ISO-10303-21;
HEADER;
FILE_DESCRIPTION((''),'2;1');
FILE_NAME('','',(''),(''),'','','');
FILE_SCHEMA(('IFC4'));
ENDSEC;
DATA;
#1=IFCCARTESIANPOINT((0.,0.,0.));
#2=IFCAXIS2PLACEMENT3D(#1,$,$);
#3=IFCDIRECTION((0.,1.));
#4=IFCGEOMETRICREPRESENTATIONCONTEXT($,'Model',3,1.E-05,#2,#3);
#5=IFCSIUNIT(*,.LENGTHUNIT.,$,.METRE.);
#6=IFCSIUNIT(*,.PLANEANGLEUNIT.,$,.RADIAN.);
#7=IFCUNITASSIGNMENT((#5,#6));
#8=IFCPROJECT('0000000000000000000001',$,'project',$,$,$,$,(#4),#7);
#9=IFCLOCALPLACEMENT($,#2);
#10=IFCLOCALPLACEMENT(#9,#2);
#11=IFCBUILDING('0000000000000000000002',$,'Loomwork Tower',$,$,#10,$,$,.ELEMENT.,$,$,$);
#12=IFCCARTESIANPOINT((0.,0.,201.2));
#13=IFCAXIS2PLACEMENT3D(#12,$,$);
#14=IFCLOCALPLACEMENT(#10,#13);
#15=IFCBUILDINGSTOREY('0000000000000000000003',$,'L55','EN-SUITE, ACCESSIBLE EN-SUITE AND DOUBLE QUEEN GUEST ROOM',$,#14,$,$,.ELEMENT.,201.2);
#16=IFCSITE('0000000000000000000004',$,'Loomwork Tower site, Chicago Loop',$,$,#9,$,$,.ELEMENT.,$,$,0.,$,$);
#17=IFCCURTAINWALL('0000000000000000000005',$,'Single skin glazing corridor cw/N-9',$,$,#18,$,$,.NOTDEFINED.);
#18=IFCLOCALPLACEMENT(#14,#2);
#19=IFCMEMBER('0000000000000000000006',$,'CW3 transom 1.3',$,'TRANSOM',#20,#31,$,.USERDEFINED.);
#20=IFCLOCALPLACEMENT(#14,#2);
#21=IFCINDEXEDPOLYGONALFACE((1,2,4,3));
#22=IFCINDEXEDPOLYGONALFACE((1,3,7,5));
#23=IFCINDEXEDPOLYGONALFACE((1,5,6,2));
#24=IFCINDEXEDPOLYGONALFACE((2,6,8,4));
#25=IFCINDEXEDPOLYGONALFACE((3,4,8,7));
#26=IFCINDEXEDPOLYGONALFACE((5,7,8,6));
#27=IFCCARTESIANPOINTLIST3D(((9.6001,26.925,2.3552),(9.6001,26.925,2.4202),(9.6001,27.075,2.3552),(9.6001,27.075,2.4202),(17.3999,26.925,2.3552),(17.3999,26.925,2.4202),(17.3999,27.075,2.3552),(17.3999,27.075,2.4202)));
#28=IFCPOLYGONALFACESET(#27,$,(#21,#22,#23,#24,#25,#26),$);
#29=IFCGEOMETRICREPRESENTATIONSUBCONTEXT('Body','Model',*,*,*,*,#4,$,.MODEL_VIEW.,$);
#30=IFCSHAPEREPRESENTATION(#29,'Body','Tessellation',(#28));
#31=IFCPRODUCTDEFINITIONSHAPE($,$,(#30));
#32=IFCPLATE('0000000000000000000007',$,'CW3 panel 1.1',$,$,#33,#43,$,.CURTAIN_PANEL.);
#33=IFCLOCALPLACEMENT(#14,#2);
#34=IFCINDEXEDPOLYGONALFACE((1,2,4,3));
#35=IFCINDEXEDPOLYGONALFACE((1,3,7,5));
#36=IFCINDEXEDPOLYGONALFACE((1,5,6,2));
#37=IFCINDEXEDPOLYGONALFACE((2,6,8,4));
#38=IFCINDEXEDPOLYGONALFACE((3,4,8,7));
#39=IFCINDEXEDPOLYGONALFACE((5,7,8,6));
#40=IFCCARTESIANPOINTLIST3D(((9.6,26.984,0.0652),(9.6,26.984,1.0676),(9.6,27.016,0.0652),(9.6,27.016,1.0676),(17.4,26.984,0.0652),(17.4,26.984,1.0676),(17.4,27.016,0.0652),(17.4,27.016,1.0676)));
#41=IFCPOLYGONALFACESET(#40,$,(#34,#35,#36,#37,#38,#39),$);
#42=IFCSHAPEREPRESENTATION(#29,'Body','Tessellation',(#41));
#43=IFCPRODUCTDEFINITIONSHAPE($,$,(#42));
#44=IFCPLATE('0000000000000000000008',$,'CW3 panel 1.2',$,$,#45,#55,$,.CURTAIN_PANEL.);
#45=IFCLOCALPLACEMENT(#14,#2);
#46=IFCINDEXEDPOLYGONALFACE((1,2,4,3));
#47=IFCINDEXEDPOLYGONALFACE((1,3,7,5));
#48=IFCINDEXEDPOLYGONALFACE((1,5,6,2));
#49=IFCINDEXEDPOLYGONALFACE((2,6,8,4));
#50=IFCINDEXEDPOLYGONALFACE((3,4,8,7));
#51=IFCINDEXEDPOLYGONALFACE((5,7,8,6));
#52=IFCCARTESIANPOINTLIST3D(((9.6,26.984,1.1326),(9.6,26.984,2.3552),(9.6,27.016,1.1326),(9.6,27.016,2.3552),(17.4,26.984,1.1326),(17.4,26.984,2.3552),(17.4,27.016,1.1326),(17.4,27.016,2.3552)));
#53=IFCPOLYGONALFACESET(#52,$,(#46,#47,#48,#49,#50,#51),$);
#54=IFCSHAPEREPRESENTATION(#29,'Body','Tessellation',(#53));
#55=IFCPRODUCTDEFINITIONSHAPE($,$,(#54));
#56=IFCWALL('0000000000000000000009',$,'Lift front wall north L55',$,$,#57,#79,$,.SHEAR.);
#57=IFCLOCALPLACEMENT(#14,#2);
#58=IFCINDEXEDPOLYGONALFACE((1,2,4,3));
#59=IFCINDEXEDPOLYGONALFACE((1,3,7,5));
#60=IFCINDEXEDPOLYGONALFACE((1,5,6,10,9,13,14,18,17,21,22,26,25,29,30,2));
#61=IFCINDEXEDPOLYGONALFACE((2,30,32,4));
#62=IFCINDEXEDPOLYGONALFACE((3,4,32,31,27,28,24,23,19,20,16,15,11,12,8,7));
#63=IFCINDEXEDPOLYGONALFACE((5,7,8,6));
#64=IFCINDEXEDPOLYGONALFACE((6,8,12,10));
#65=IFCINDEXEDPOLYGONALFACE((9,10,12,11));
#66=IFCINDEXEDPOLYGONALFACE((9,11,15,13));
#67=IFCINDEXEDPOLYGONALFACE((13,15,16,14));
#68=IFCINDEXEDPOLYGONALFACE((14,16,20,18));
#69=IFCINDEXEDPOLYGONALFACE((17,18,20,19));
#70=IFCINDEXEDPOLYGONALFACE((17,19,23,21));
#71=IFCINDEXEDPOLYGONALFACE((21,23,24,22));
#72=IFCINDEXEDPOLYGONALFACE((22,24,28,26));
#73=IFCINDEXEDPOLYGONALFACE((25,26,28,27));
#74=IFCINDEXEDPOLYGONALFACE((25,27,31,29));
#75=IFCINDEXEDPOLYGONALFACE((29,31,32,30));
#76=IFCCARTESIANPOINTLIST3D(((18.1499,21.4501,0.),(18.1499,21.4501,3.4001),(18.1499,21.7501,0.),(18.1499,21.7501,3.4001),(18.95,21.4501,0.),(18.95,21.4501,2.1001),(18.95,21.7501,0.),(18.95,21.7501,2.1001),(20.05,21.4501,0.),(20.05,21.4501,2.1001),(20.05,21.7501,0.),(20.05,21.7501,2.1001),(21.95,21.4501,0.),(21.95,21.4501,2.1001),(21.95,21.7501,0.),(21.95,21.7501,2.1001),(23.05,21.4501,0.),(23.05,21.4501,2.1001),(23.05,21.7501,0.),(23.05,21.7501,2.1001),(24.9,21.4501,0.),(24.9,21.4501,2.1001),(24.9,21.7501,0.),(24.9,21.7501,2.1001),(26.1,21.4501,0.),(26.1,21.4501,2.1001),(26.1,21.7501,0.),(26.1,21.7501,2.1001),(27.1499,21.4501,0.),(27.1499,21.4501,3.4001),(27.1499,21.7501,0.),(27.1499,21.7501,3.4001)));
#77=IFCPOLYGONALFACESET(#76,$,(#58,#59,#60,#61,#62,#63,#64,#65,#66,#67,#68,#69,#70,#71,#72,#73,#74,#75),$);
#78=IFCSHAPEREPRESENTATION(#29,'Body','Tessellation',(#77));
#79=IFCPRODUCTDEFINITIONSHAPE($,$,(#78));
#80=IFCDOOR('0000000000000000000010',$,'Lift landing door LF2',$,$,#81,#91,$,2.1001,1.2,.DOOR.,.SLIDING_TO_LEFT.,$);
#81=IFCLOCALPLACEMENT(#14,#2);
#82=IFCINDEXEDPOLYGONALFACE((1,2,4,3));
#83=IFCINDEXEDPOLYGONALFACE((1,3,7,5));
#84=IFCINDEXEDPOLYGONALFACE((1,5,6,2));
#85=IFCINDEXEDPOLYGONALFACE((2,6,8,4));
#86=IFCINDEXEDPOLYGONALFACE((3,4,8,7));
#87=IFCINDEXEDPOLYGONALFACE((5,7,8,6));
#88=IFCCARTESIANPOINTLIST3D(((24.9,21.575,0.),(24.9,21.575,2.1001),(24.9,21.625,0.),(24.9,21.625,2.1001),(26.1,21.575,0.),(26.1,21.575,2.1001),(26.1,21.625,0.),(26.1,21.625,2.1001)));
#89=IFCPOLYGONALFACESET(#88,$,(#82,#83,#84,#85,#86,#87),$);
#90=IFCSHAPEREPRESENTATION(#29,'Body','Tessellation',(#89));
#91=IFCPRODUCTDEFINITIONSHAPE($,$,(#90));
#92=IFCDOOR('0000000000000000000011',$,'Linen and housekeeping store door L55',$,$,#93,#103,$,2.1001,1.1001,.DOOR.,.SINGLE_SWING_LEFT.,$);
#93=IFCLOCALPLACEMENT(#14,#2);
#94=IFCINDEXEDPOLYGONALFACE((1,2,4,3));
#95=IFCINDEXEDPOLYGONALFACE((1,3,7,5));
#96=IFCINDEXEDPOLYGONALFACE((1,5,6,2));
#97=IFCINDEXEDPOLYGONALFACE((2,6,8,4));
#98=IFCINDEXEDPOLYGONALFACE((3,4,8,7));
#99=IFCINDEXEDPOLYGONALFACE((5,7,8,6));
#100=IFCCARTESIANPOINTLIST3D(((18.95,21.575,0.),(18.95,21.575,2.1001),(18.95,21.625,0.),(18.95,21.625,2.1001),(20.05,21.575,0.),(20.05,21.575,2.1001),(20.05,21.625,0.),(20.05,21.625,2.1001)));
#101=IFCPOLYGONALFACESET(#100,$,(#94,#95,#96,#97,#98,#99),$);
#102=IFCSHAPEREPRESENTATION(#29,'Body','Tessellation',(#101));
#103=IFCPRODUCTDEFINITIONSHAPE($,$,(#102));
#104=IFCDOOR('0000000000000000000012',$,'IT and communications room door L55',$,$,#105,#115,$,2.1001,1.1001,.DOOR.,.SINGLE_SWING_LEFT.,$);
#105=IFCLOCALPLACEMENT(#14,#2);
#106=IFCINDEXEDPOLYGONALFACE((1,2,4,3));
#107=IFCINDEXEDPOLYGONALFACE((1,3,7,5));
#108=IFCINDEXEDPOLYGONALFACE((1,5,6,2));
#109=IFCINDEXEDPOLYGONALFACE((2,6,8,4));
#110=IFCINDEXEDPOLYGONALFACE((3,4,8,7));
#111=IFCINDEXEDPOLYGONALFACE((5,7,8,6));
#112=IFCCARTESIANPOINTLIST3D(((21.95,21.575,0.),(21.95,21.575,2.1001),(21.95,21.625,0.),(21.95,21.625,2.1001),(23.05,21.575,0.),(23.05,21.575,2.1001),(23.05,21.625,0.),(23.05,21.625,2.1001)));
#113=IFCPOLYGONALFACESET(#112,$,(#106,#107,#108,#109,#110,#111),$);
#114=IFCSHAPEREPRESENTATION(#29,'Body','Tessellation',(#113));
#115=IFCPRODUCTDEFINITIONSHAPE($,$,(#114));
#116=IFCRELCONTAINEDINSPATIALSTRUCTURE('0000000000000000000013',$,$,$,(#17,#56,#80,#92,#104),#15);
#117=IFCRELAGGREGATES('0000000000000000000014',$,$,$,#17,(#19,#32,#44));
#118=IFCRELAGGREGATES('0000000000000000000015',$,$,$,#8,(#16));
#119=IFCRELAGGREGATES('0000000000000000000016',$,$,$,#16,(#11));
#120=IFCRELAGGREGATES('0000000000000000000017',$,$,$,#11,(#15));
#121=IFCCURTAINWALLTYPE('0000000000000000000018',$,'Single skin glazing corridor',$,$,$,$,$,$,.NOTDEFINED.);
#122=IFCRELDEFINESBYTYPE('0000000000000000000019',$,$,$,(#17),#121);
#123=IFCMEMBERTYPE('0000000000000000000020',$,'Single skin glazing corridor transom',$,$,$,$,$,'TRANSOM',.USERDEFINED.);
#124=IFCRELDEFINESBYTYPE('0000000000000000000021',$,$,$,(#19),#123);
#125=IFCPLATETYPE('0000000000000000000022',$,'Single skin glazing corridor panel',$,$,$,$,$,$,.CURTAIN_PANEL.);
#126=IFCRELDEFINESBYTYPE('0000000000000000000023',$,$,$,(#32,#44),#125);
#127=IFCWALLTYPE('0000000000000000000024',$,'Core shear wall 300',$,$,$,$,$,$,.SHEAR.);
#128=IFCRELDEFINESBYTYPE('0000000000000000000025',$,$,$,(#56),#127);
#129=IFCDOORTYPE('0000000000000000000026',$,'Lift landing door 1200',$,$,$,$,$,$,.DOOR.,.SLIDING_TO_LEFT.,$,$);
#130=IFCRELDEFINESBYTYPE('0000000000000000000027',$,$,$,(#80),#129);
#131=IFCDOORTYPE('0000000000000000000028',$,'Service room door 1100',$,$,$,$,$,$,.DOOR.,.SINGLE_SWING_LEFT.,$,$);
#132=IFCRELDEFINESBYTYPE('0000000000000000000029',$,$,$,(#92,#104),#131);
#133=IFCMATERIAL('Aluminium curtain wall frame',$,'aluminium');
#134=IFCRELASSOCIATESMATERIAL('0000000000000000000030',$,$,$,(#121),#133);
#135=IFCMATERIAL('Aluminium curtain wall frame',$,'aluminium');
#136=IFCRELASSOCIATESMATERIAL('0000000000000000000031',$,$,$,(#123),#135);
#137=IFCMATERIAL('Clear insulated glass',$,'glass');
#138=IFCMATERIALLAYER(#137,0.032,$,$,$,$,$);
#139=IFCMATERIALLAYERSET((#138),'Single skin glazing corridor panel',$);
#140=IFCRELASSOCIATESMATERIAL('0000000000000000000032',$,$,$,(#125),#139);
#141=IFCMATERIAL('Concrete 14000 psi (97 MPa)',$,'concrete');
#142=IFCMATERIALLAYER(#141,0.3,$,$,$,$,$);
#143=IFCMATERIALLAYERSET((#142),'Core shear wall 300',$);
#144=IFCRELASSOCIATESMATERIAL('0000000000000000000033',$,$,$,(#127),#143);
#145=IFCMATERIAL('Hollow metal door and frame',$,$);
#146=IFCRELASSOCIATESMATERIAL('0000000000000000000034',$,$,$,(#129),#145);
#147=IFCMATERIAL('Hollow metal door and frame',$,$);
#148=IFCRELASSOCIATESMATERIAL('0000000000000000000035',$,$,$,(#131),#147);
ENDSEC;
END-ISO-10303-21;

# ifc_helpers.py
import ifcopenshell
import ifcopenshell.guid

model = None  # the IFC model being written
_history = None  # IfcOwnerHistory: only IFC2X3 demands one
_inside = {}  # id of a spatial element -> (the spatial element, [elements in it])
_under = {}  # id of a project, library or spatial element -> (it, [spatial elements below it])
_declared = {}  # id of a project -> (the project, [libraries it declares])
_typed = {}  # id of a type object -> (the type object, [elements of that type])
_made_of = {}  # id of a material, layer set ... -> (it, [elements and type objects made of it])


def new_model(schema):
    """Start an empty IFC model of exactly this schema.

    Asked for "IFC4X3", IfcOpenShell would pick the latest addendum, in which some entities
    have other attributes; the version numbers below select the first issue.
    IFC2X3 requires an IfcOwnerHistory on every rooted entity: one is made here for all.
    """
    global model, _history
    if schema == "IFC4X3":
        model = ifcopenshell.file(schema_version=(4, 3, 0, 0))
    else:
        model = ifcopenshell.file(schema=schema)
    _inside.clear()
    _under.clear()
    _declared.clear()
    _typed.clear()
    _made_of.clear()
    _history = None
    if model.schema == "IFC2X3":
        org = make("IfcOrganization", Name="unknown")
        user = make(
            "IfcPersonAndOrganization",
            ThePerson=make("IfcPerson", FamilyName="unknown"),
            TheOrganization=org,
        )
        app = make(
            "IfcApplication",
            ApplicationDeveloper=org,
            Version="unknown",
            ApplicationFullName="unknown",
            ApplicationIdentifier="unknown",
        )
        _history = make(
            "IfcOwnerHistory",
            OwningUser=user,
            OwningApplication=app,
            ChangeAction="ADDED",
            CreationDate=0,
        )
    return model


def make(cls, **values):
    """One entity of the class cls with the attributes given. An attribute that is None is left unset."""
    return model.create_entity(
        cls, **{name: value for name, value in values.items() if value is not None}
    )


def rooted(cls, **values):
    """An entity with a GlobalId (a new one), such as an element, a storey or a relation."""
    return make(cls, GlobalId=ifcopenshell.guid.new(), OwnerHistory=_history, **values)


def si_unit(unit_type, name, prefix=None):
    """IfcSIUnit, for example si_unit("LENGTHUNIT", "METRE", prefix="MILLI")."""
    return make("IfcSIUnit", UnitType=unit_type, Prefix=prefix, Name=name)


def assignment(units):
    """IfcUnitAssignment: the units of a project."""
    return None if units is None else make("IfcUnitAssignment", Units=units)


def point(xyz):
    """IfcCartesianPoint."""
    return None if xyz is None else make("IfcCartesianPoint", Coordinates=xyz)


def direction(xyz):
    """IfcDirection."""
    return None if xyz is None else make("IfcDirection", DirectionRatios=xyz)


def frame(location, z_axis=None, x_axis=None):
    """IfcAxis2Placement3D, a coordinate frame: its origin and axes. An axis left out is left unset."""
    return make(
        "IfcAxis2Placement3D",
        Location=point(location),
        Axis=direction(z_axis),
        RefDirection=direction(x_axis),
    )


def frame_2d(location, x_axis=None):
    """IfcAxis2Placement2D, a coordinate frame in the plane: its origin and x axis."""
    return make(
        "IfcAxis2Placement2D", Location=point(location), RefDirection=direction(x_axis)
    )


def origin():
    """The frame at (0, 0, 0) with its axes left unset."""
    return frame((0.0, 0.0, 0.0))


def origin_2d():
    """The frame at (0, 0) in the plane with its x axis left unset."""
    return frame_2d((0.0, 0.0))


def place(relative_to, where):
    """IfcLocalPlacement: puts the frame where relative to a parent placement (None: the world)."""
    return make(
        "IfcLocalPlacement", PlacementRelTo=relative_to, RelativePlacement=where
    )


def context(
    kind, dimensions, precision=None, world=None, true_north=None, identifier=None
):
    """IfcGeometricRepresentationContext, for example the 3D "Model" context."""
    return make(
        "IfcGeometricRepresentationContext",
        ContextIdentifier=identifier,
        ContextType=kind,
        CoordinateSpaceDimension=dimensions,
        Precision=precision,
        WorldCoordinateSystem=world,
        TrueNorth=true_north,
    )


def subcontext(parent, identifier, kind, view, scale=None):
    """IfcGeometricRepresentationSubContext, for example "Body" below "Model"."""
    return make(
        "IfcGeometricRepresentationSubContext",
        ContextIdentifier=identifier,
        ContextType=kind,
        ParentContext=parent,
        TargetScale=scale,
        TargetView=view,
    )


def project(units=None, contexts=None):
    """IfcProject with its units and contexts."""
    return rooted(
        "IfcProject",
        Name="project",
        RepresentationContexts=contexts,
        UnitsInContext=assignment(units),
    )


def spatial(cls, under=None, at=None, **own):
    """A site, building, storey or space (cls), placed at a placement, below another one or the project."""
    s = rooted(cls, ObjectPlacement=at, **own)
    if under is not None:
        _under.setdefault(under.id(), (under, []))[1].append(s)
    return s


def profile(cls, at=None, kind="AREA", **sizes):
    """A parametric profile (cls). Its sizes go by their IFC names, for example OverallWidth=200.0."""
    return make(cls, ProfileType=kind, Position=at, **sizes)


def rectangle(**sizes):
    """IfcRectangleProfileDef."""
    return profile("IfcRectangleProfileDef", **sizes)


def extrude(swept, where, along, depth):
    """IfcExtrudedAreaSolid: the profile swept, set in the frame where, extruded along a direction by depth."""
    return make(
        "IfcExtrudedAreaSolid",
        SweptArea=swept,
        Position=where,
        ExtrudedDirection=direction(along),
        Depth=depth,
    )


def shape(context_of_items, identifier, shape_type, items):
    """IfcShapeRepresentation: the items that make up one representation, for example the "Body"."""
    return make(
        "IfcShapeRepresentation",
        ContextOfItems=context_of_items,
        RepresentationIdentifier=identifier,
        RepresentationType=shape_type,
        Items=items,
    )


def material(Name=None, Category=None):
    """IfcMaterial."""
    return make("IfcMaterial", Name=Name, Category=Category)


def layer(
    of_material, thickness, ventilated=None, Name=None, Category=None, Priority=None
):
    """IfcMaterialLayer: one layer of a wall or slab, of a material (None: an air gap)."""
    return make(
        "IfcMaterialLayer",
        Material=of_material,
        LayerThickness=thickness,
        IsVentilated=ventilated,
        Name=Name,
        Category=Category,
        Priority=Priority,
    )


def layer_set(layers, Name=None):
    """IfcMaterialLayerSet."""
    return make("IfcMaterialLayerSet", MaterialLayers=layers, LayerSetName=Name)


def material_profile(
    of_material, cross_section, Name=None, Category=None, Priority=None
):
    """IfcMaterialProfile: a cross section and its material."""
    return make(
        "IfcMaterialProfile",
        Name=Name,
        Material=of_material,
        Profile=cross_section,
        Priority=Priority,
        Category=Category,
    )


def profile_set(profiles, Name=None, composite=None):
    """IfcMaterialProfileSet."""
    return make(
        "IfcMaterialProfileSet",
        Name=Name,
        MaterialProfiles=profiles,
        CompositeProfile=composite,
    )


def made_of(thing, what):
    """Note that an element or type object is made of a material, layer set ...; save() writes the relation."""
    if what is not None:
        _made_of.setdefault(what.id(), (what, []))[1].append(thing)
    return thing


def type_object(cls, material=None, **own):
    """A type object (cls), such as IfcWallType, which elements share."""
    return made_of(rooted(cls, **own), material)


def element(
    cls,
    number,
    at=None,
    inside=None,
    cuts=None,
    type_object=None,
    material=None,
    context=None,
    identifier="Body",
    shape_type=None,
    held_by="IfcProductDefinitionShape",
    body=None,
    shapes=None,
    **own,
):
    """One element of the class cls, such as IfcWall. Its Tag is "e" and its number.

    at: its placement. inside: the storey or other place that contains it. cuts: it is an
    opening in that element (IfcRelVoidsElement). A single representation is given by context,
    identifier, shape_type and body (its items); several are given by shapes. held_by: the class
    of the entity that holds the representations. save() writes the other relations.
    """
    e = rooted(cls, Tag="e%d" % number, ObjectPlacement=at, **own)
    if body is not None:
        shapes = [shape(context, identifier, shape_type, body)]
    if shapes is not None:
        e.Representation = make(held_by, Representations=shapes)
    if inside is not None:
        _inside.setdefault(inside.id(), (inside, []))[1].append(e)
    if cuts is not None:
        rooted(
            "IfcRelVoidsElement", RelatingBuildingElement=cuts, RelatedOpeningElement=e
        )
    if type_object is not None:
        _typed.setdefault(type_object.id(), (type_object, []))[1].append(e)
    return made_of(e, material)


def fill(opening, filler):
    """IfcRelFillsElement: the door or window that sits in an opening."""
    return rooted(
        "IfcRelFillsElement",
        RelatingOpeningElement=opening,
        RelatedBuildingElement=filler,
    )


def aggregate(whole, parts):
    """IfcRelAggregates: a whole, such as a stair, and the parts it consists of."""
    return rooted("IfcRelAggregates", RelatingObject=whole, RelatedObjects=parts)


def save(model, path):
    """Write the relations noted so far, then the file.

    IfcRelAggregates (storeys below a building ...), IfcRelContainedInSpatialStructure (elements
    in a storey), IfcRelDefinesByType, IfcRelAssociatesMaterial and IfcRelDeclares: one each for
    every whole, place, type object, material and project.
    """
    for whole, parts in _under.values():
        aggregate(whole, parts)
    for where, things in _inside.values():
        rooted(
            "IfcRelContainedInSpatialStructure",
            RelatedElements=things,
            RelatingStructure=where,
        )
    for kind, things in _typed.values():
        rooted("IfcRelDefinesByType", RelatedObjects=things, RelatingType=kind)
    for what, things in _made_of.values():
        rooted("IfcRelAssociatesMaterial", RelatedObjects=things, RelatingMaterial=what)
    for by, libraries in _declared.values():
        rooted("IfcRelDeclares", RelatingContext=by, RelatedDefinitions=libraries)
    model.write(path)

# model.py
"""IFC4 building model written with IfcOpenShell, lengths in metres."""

from ifc_helpers import new_model, si_unit, direction, frame, frame_2d, origin, origin_2d, place, context, subcontext, project, spatial, rectangle, extrude, material, layer, layer_set, material_profile, profile_set, type_object, element, fill, aggregate, save


model = new_model("IFC4")

# Units and contexts
model_context = context("Model", 3, precision=1e-05, world=origin(), true_north=direction((0.0, 1.0)))
body_context = subcontext(model_context, "Body", "Model", "MODEL_VIEW")
ifc_project = project(units=[si_unit("LENGTHUNIT", "METRE"), si_unit("PLANEANGLEUNIT", "RADIAN")], contexts=[model_context])

# Site, building, storey
site_placement = place(None, origin())
site = spatial("IfcSite", under=ifc_project, at=site_placement, Name="Loomwork Tower site, Chicago Loop", CompositionType="ELEMENT", RefElevation=0.0)
building_placement = place(site_placement, origin())
building = spatial("IfcBuilding", under=site, at=building_placement, Name="Loomwork Tower", CompositionType="ELEMENT")
storey_placement = place(building_placement, frame((0.0, 0.0, 201.2)))
storey = spatial("IfcBuildingStorey", under=building, at=storey_placement, Name="L55", Description="EN-SUITE, ACCESSIBLE EN-SUITE AND DOUBLE QUEEN GUEST ROOM", CompositionType="ELEMENT", Elevation=201.2)

# Shared definitions
ifc_material_1 = material(Name="Aluminium curtain wall frame", Category="aluminium")
curtain_wall_type = type_object("IfcCurtainWallType", Name="Single skin glazing corridor", PredefinedType="NOTDEFINED", material=ifc_material_1)

# Curtain wall
curtain_wall_1_placement = place(storey_placement, origin())
curtain_wall_1 = element("IfcCurtainWall", 1, at=curtain_wall_1_placement, inside=storey, type_object=curtain_wall_type, Name="Single skin glazing corridor cw/N-9", PredefinedType="NOTDEFINED")

# Member
ifc_material_2 = material(Name="Aluminium curtain wall frame", Category="aluminium")
ifc_material_profile_1 = material_profile(ifc_material_2, rectangle(XDim=0.1499, YDim=0.0649, at=origin_2d()), Name="AL 65x150")
ifc_profile_set_1 = profile_set([ifc_material_profile_1], Name="Aluminium curtain wall frame")
member_type_1 = type_object("IfcMemberType", Name="Single skin glazing corridor transom", ElementType="TRANSOM", PredefinedType="USERDEFINED", material=ifc_profile_set_1)
member_1_placement = place(storey_placement, frame((17.3999, 27.0, 2.3877), z_axis=(-1.0, 0.0, 0.0), x_axis=(0.0, -1.0, 0.0)))
member_1 = element("IfcMember", 2, at=member_1_placement, type_object=member_type_1, Name="CW3 transom 1.3", ObjectType="TRANSOM", PredefinedType="USERDEFINED", context=body_context, shape_type="SweptSolid", body=[
    extrude(rectangle(XDim=0.1499, YDim=0.0649, at=origin_2d()), origin(), (0.0, 0.0, 1.0), 7.7998),
])

# Plates
ifc_material_3 = material(Name="Clear insulated glass", Category="glass")
ifc_layer_1 = layer(ifc_material_3, 0.032)
ifc_layer_set_1 = layer_set([ifc_layer_1], Name="Single skin glazing corridor panel")
plate_type = type_object("IfcPlateType", Name="Single skin glazing corridor panel", PredefinedType="CURTAIN_PANEL", material=ifc_layer_set_1)
plate_1_placement = place(storey_placement, frame((13.5, 27.0, 0.0652), z_axis=(0.0, 0.0, 1.0), x_axis=(-1.0, 0.0, 0.0)))
plate_1 = element("IfcPlate", 3, at=plate_1_placement, type_object=plate_type, Name="CW3 panel 1.1", PredefinedType="CURTAIN_PANEL", context=body_context, shape_type="SweptSolid", body=[
    extrude(rectangle(XDim=7.8, YDim=0.032, at=origin_2d()), origin(), (0.0, 0.0, 1.0), 1.0024),
])
plate_2_placement = place(storey_placement, frame((13.5, 27.0, 1.1326), z_axis=(0.0, 0.0, 1.0), x_axis=(-1.0, 0.0, 0.0)))
plate_2 = element("IfcPlate", 4, at=plate_2_placement, type_object=plate_type, Name="CW3 panel 1.2", PredefinedType="CURTAIN_PANEL", context=body_context, shape_type="SweptSolid", body=[
    extrude(rectangle(XDim=7.8, YDim=0.032, at=origin_2d()), origin(), (0.0, 0.0, 1.0), 1.2227),
])
aggregate(curtain_wall_1, [member_1, plate_1, plate_2])

# Wall, openings, doors
ifc_material_4 = material(Name="Concrete 14000 psi (97 MPa)", Category="concrete")
ifc_layer_2 = layer(ifc_material_4, 0.3)
ifc_layer_set_2 = layer_set([ifc_layer_2], Name="Core shear wall 300")
wall_type_1 = type_object("IfcWallType", Name="Core shear wall 300", PredefinedType="SHEAR", material=ifc_layer_set_2)
wall_1_placement = place(storey_placement, frame((18.1499, 21.6001, 0.0), z_axis=(0.0, 0.0, 1.0), x_axis=(1.0, 0.0, 0.0)))
wall_1 = element("IfcWall", 5, at=wall_1_placement, inside=storey, type_object=wall_type_1, Name="Lift front wall north L55", PredefinedType="SHEAR", context=body_context, shape_type="SweptSolid", body=[
    extrude(rectangle(XDim=9.0, YDim=0.3, at=frame_2d((4.5, 0.0))), origin(), (0.0, 0.0, 1.0), 3.4001),
])
opening_1_placement = place(wall_1_placement, frame((6.75, 0.0, 0.0)))
opening_1 = element("IfcOpeningElement", 6, at=opening_1_placement, cuts=wall_1, PredefinedType="OPENING", context=body_context, shape_type="SweptSolid", body=[
    extrude(rectangle(XDim=1.2, YDim=2.1001, at=frame_2d((0.6001, 1.05))), frame((0.0, 0.1599, 0.0), z_axis=(0.0, -1.0, 0.0), x_axis=(1.0, 0.0, 0.0)), (0.0, 0.0, 1.0), 0.3201),
])
opening_2_placement = place(wall_1_placement, frame((0.8, 0.0, 0.0)))
opening_2 = element("IfcOpeningElement", 7, at=opening_2_placement, cuts=wall_1, PredefinedType="OPENING", context=body_context, shape_type="SweptSolid", body=[
    extrude(rectangle(XDim=1.1001, YDim=2.1001, at=frame_2d((0.55, 1.05))), frame((0.0, 0.1599, 0.0), z_axis=(0.0, -1.0, 0.0), x_axis=(1.0, 0.0, 0.0)), (0.0, 0.0, 1.0), 0.3201),
])
opening_3_placement = place(wall_1_placement, frame((3.8, 0.0, 0.0)))
opening_3 = element("IfcOpeningElement", 8, at=opening_3_placement, cuts=wall_1, PredefinedType="OPENING", context=body_context, shape_type="SweptSolid", body=[
    extrude(rectangle(XDim=1.1001, YDim=2.1001, at=frame_2d((0.55, 1.05))), frame((0.0, 0.1599, 0.0), z_axis=(0.0, -1.0, 0.0), x_axis=(1.0, 0.0, 0.0)), (0.0, 0.0, 1.0), 0.3201),
])
ifc_material_5 = material(Name="Hollow metal door and frame")
door_type_1 = type_object("IfcDoorType", Name="Lift landing door 1200", OperationType="SLIDING_TO_LEFT", PredefinedType="DOOR", material=ifc_material_5)
door_1_placement = place(opening_1_placement, origin())
door_1 = element("IfcDoor", 9, at=door_1_placement, inside=storey, type_object=door_type_1, Name="Lift landing door LF2", OperationType="SLIDING_TO_LEFT", OverallHeight=2.1001, OverallWidth=1.2, PredefinedType="DOOR", context=body_context, shape_type="SweptSolid", body=[
    extrude(rectangle(XDim=1.2, YDim=2.1001, at=frame_2d((0.6001, 1.05))), frame((0.0, 0.0249, 0.0), z_axis=(0.0, -1.0, 0.0), x_axis=(1.0, 0.0, 0.0)), (0.0, 0.0, 1.0), 0.05),
])
fill(opening_1, door_1)
ifc_material_6 = material(Name="Hollow metal door and frame")
door_type_2 = type_object("IfcDoorType", Name="Service room door 1100", OperationType="SINGLE_SWING_LEFT", PredefinedType="DOOR", material=ifc_material_6)
door_2_placement = place(opening_2_placement, origin())
door_2 = element("IfcDoor", 10, at=door_2_placement, inside=storey, type_object=door_type_2, Name="Linen and housekeeping store door L55", OperationType="SINGLE_SWING_LEFT", OverallHeight=2.1001, OverallWidth=1.1001, PredefinedType="DOOR", context=body_context, shape_type="SweptSolid", body=[
    extrude(rectangle(XDim=1.1001, YDim=2.1001, at=frame_2d((0.55, 1.05))), frame((0.0, 0.0249, 0.0), z_axis=(0.0, -1.0, 0.0), x_axis=(1.0, 0.0, 0.0)), (0.0, 0.0, 1.0), 0.05),
])
fill(opening_2, door_2)
door_3_placement = place(opening_3_placement, origin())
door_3 = element("IfcDoor", 11, at=door_3_placement, inside=storey, type_object=door_type_2, Name="IT and communications room door L55", OperationType="SINGLE_SWING_LEFT", OverallHeight=2.1001, OverallWidth=1.1001, PredefinedType="DOOR", context=body_context, shape_type="SweptSolid", body=[
    extrude(rectangle(XDim=1.1001, YDim=2.1001, at=frame_2d((0.55, 1.05))), frame((0.0, 0.0249, 0.0), z_axis=(0.0, -1.0, 0.0), x_axis=(1.0, 0.0, 0.0)), (0.0, 0.0, 1.0), 0.05),
])
fill(opening_3, door_3)

save(model, "model.ifc")
